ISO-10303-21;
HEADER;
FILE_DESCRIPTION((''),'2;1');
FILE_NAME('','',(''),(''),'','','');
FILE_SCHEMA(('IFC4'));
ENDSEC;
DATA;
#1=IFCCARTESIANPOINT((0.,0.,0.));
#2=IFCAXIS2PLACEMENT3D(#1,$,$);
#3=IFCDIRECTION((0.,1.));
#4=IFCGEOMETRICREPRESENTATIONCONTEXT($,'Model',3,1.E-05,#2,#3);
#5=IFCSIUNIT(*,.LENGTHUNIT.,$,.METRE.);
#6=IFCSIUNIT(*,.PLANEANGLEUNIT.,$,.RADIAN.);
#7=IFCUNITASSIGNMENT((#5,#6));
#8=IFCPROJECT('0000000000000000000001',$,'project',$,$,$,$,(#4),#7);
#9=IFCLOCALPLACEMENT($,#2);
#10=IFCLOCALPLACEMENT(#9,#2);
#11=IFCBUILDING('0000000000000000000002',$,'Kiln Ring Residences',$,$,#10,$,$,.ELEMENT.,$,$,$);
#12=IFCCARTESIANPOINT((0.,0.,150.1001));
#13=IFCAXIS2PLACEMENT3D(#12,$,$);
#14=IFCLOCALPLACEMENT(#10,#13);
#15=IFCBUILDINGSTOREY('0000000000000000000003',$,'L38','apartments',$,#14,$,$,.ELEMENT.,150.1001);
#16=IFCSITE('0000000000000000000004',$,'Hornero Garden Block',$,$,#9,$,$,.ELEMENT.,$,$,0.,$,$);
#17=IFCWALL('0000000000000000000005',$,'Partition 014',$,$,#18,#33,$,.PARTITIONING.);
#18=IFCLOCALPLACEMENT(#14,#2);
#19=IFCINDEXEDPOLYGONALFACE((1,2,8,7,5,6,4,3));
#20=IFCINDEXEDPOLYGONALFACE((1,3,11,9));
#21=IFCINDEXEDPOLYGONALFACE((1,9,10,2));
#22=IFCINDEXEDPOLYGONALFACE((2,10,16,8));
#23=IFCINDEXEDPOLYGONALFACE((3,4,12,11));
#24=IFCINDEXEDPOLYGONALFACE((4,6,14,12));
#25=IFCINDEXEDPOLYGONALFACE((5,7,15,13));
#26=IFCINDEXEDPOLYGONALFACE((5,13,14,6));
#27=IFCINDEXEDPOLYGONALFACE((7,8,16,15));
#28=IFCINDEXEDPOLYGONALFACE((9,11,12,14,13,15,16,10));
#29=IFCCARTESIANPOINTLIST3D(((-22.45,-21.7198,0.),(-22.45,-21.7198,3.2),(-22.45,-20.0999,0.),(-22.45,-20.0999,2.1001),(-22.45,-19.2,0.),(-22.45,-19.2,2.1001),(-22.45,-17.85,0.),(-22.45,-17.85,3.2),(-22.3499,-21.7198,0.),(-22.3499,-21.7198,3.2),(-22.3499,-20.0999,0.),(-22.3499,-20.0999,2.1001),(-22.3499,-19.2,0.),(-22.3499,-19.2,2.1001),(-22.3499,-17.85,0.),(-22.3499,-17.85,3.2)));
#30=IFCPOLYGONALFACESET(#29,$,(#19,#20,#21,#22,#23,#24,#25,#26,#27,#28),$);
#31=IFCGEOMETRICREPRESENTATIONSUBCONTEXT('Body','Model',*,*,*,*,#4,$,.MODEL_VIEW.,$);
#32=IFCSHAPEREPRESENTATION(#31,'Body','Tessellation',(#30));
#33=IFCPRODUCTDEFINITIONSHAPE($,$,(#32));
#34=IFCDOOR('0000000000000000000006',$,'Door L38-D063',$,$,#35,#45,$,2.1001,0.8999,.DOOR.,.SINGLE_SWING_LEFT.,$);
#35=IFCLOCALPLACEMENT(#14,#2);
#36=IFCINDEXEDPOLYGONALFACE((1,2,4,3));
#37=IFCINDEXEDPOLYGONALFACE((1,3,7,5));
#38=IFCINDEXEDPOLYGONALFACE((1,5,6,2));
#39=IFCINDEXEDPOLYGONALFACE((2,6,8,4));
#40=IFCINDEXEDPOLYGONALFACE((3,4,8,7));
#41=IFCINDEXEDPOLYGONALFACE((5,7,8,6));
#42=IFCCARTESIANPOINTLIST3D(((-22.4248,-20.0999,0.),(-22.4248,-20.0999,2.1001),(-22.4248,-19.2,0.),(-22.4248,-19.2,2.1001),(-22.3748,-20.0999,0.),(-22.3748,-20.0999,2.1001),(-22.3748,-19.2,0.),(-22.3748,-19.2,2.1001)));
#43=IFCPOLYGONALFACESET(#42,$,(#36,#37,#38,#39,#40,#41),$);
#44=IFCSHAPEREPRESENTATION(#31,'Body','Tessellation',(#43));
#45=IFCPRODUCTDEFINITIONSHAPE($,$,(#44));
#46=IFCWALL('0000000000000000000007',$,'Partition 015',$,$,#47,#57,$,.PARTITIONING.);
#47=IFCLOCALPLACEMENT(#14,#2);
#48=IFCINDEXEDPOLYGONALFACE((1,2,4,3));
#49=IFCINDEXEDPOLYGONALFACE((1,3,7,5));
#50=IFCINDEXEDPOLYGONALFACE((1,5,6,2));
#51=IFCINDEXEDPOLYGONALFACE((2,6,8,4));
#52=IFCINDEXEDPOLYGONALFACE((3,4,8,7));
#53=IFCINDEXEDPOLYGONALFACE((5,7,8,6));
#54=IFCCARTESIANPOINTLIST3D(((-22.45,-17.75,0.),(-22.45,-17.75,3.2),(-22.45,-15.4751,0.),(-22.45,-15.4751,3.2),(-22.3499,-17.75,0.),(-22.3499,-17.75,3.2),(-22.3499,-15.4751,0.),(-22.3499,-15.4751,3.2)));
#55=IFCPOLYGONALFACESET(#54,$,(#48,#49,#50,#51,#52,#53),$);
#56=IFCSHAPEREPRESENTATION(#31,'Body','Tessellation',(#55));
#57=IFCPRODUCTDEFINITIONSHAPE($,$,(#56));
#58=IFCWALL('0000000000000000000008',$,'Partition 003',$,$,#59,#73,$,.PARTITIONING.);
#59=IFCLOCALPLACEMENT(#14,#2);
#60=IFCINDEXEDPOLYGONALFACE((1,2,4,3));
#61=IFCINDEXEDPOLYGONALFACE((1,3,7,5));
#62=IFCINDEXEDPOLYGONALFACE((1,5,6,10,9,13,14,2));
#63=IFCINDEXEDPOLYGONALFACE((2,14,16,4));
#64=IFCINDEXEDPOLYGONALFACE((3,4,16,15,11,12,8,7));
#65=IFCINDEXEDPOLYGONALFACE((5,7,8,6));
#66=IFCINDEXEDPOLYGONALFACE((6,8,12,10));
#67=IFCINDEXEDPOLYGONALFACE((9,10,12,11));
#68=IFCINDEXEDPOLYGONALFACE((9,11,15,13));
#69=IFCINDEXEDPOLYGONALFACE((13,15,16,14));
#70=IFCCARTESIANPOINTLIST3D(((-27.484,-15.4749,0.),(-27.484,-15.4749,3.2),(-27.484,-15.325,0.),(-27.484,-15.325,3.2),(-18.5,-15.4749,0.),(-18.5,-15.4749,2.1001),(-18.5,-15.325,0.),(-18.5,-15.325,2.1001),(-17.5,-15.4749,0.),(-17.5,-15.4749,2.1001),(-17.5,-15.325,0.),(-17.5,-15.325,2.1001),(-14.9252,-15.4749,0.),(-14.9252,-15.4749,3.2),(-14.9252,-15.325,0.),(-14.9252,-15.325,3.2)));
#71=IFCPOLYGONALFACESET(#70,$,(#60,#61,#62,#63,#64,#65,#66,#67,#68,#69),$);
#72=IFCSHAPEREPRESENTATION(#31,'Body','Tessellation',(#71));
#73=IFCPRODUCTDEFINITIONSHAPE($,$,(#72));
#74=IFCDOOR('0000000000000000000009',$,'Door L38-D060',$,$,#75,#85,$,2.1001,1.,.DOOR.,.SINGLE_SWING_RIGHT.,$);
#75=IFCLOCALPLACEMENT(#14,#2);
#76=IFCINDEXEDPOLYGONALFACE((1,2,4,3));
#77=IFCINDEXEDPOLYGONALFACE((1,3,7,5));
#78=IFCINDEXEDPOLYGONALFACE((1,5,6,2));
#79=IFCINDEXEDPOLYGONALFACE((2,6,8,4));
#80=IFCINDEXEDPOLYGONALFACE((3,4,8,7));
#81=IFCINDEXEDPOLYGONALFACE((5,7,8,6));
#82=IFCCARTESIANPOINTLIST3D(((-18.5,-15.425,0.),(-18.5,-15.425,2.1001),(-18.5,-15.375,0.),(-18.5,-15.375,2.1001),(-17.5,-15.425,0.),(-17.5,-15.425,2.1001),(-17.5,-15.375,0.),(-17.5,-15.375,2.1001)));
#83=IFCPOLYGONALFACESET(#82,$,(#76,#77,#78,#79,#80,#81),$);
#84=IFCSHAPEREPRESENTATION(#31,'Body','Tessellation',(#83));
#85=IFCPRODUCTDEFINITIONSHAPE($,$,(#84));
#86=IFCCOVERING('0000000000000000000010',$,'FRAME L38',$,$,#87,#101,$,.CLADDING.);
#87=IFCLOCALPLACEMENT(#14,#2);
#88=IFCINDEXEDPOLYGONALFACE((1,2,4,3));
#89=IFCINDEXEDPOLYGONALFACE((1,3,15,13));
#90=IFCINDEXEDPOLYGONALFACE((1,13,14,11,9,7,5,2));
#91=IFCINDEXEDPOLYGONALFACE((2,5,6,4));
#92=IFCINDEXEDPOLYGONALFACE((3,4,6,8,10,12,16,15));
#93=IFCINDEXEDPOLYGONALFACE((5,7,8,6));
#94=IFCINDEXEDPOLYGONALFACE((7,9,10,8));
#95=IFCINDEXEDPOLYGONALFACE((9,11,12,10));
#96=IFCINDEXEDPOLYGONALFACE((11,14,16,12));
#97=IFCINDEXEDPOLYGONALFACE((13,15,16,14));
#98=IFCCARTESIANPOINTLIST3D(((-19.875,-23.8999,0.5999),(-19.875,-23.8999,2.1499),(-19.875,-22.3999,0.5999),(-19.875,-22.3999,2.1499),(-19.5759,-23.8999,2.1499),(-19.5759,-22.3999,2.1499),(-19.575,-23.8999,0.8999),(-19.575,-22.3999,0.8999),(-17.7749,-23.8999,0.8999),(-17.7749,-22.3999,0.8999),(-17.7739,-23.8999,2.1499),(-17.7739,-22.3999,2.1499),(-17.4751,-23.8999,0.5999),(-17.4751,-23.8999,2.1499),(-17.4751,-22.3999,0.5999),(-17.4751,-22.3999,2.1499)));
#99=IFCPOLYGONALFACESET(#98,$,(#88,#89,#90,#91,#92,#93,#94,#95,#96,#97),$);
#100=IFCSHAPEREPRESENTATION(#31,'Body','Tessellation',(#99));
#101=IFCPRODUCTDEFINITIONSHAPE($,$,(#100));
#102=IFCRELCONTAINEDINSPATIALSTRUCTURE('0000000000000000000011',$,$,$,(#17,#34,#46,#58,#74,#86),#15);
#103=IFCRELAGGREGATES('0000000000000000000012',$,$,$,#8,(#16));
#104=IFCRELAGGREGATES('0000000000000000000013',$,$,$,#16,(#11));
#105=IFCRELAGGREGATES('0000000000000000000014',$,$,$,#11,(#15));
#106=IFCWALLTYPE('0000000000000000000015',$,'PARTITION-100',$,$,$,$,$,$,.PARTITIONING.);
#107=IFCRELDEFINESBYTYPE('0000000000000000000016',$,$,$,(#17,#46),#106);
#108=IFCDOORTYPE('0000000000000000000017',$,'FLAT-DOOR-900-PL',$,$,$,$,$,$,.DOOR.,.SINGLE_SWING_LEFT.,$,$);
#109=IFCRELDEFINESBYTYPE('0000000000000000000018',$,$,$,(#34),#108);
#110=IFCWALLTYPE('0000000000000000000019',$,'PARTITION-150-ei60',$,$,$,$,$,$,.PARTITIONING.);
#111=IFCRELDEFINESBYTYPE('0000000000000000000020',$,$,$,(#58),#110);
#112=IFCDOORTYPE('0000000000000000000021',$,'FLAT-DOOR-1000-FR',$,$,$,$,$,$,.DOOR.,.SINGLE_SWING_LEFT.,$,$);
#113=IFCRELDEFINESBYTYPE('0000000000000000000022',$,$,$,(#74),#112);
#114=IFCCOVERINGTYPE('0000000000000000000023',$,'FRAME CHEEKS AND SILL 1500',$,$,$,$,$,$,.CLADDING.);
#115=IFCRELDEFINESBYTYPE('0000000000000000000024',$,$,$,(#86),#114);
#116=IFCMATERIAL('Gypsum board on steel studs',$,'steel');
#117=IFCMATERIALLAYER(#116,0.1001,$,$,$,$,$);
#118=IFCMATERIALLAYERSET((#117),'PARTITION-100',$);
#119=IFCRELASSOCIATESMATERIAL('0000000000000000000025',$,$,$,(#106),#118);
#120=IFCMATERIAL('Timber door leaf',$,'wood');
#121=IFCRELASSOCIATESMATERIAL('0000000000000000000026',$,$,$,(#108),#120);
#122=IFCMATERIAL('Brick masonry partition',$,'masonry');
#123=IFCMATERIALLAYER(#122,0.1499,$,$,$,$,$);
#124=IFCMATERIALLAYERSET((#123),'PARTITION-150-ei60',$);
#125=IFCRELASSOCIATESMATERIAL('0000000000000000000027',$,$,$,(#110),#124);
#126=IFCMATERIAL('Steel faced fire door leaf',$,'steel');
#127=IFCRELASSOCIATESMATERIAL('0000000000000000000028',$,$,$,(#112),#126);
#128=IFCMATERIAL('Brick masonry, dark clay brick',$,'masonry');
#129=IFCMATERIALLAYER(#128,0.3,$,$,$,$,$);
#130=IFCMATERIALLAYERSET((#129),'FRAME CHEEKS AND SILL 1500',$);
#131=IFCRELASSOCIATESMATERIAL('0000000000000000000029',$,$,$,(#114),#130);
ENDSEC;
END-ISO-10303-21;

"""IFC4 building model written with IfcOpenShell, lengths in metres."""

from ifc_helpers import new_model, si_unit, direction, frame, frame_2d, origin, place, context, subcontext, project, spatial, polyline, rectangle, outline, extrude, material, layer, layer_set, type_object, element, fill, save


model = new_model("IFC4")

# Units and contexts
model_context = context("Model", 3, precision=1e-05, world=origin(), true_north=direction((0.0, 1.0)))
body_context = subcontext(model_context, "Body", "Model", "MODEL_VIEW")
ifc_project = project(units=[si_unit("LENGTHUNIT", "METRE"), si_unit("PLANEANGLEUNIT", "RADIAN")], contexts=[model_context])

# Site, building, storey
site_placement = place(None, origin())
site = spatial("IfcSite", under=ifc_project, at=site_placement, Name="Hornero Garden Block", CompositionType="ELEMENT", RefElevation=0.0)
building_placement = place(site_placement, origin())
building = spatial("IfcBuilding", under=site, at=building_placement, Name="Kiln Ring Residences", CompositionType="ELEMENT")
storey_placement = place(building_placement, frame((0.0, 0.0, 150.1001)))
storey = spatial("IfcBuildingStorey", under=building, at=storey_placement, Name="L38", Description="apartments", CompositionType="ELEMENT", Elevation=150.1001)

# Shared definitions
ifc_material_1 = material(Name="Gypsum board on steel studs", Category="steel")
ifc_layer_1 = layer(ifc_material_1, 0.1001)
ifc_layer_set_1 = layer_set([ifc_layer_1], Name="PARTITION-100")
wall_type_1 = type_object("IfcWallType", Name="PARTITION-100", PredefinedType="PARTITIONING", material=ifc_layer_set_1)
ifc_material_2 = material(Name="Timber door leaf", Category="wood")
door_type_1 = type_object("IfcDoorType", Name="FLAT-DOOR-900-PL", OperationType="SINGLE_SWING_LEFT", PredefinedType="DOOR", material=ifc_material_2)

# Wall, opening, door
wall_1_placement = place(storey_placement, frame((-22.3999, -21.72, 0.0), z_axis=(0.0, 0.0, 1.0), x_axis=(0.0, 1.0, 0.0)))
wall_1 = element("IfcWall", 1, at=wall_1_placement, inside=storey, type_object=wall_type_1, Name="Partition 014", PredefinedType="PARTITIONING", context=body_context, shape_type="SweptSolid", body=[
    extrude(rectangle(XDim=3.8699, YDim=0.1001, at=frame_2d((1.9351, 0.0))), origin(), (0.0, 0.0, 1.0), 3.2),
])
opening_1_placement = place(wall_1_placement, frame((1.6201, 0.0, 0.0)))
opening_1 = element("IfcOpeningElement", 2, at=opening_1_placement, cuts=wall_1, PredefinedType="OPENING", context=body_context, shape_type="SweptSolid", body=[
    extrude(rectangle(XDim=0.8999, YDim=2.1001, at=frame_2d((0.45, 1.05))), frame((0.0, 0.0601, 0.0), z_axis=(0.0, -1.0, 0.0), x_axis=(1.0, 0.0, 0.0)), (0.0, 0.0, 1.0), 0.1201),
])
door_1_placement = place(opening_1_placement, origin())
door_1 = element("IfcDoor", 3, at=door_1_placement, inside=storey, type_object=door_type_1, Name="Door L38-D063", OperationType="SINGLE_SWING_LEFT", OverallHeight=2.1001, OverallWidth=0.8999, PredefinedType="DOOR", context=body_context, shape_type="SweptSolid", body=[
    extrude(rectangle(XDim=0.8999, YDim=2.1001, at=frame_2d((0.45, 1.05))), frame((0.0, 0.0249, 0.0), z_axis=(0.0, -1.0, 0.0), x_axis=(1.0, 0.0, 0.0)), (0.0, 0.0, 1.0), 0.05),
])
fill(opening_1, door_1)

# Wall
wall_2_placement = place(storey_placement, frame((-22.3999, -17.75, 0.0), z_axis=(0.0, 0.0, 1.0), x_axis=(0.0, 1.0, 0.0)))
element("IfcWall", 4, at=wall_2_placement, inside=storey, type_object=wall_type_1, Name="Partition 015", PredefinedType="PARTITIONING", context=body_context, shape_type="SweptSolid", body=[
    extrude(rectangle(XDim=2.2749, YDim=0.1001, at=frame_2d((1.1375, 0.0))), origin(), (0.0, 0.0, 1.0), 3.2),
])

# Wall, opening, door
ifc_material_3 = material(Name="Brick masonry partition", Category="masonry")
ifc_layer_2 = layer(ifc_material_3, 0.1499)
ifc_layer_set_2 = layer_set([ifc_layer_2], Name="PARTITION-150-ei60")
wall_type_2 = type_object("IfcWallType", Name="PARTITION-150-ei60", PredefinedType="PARTITIONING", material=ifc_layer_set_2)
wall_3_placement = place(storey_placement, frame((-27.4839, -15.3999, 0.0), z_axis=(0.0, 0.0, 1.0), x_axis=(1.0, 0.0, 0.0)))
wall_3 = element("IfcWall", 5, at=wall_3_placement, inside=storey, type_object=wall_type_2, Name="Partition 003", PredefinedType="PARTITIONING", context=body_context, shape_type="SweptSolid", body=[
    extrude(rectangle(XDim=12.5588, YDim=0.1499, at=frame_2d((6.2793, 0.0))), origin(), (0.0, 0.0, 1.0), 3.2),
])
opening_2_placement = place(wall_3_placement, frame((8.9839, 0.0, 0.0)))
opening_2 = element("IfcOpeningElement", 6, at=opening_2_placement, cuts=wall_3, PredefinedType="OPENING", context=body_context, shape_type="SweptSolid", body=[
    extrude(rectangle(XDim=1.0, YDim=2.1001, at=frame_2d((0.5, 1.05))), frame((0.0, 0.085, 0.0), z_axis=(0.0, -1.0, 0.0), x_axis=(1.0, 0.0, 0.0)), (0.0, 0.0, 1.0), 0.1699),
])
ifc_material_4 = material(Name="Steel faced fire door leaf", Category="steel")
door_type_2 = type_object("IfcDoorType", Name="FLAT-DOOR-1000-FR", OperationType="SINGLE_SWING_LEFT", PredefinedType="DOOR", material=ifc_material_4)
door_2_placement = place(opening_2_placement, origin())
door_2 = element("IfcDoor", 7, at=door_2_placement, inside=storey, type_object=door_type_2, Name="Door L38-D060", OperationType="SINGLE_SWING_RIGHT", OverallHeight=2.1001, OverallWidth=1.0, PredefinedType="DOOR", context=body_context, shape_type="SweptSolid", body=[
    extrude(rectangle(XDim=1.0, YDim=2.1001, at=frame_2d((0.5, 1.05))), frame((0.0, 0.0249, 0.0), z_axis=(0.0, -1.0, 0.0), x_axis=(1.0, 0.0, 0.0)), (0.0, 0.0, 1.0), 0.05),
])
fill(opening_2, door_2)

# Covering
ifc_material_5 = material(Name="Brick masonry, dark clay brick", Category="masonry")
ifc_layer_3 = layer(ifc_material_5, 0.3)
ifc_layer_set_3 = layer_set([ifc_layer_3], Name="FRAME CHEEKS AND SILL 1500")
covering_type = type_object("IfcCoveringType", Name="FRAME CHEEKS AND SILL 1500", PredefinedType="CLADDING", material=ifc_layer_set_3)
covering_placement = place(storey_placement, frame((-19.875, -23.1499, 0.5999), z_axis=(0.0, 0.0, 1.0), x_axis=(1.0, 0.0, 0.0)))
element("IfcCovering", 8, at=covering_placement, inside=storey, type_object=covering_type, Name="FRAME L38", PredefinedType="CLADDING", context=body_context, shape_type="SweptSolid", body=[
    extrude(outline(polyline([(0.0, 0.0), (2.3999, 0.0), (2.3999, 1.55), (2.1011, 1.55), (2.1001, 0.3), (0.3, 0.3), (0.2991, 1.55), (0.0, 1.55), (0.0, 0.0)])), frame((0.0, 0.75, 0.0), z_axis=(0.0, -1.0, 0.0), x_axis=(1.0, 0.0, 0.0)), (0.0, 0.0, 1.0), 1.5),
])

save(model, "model.ifc")
